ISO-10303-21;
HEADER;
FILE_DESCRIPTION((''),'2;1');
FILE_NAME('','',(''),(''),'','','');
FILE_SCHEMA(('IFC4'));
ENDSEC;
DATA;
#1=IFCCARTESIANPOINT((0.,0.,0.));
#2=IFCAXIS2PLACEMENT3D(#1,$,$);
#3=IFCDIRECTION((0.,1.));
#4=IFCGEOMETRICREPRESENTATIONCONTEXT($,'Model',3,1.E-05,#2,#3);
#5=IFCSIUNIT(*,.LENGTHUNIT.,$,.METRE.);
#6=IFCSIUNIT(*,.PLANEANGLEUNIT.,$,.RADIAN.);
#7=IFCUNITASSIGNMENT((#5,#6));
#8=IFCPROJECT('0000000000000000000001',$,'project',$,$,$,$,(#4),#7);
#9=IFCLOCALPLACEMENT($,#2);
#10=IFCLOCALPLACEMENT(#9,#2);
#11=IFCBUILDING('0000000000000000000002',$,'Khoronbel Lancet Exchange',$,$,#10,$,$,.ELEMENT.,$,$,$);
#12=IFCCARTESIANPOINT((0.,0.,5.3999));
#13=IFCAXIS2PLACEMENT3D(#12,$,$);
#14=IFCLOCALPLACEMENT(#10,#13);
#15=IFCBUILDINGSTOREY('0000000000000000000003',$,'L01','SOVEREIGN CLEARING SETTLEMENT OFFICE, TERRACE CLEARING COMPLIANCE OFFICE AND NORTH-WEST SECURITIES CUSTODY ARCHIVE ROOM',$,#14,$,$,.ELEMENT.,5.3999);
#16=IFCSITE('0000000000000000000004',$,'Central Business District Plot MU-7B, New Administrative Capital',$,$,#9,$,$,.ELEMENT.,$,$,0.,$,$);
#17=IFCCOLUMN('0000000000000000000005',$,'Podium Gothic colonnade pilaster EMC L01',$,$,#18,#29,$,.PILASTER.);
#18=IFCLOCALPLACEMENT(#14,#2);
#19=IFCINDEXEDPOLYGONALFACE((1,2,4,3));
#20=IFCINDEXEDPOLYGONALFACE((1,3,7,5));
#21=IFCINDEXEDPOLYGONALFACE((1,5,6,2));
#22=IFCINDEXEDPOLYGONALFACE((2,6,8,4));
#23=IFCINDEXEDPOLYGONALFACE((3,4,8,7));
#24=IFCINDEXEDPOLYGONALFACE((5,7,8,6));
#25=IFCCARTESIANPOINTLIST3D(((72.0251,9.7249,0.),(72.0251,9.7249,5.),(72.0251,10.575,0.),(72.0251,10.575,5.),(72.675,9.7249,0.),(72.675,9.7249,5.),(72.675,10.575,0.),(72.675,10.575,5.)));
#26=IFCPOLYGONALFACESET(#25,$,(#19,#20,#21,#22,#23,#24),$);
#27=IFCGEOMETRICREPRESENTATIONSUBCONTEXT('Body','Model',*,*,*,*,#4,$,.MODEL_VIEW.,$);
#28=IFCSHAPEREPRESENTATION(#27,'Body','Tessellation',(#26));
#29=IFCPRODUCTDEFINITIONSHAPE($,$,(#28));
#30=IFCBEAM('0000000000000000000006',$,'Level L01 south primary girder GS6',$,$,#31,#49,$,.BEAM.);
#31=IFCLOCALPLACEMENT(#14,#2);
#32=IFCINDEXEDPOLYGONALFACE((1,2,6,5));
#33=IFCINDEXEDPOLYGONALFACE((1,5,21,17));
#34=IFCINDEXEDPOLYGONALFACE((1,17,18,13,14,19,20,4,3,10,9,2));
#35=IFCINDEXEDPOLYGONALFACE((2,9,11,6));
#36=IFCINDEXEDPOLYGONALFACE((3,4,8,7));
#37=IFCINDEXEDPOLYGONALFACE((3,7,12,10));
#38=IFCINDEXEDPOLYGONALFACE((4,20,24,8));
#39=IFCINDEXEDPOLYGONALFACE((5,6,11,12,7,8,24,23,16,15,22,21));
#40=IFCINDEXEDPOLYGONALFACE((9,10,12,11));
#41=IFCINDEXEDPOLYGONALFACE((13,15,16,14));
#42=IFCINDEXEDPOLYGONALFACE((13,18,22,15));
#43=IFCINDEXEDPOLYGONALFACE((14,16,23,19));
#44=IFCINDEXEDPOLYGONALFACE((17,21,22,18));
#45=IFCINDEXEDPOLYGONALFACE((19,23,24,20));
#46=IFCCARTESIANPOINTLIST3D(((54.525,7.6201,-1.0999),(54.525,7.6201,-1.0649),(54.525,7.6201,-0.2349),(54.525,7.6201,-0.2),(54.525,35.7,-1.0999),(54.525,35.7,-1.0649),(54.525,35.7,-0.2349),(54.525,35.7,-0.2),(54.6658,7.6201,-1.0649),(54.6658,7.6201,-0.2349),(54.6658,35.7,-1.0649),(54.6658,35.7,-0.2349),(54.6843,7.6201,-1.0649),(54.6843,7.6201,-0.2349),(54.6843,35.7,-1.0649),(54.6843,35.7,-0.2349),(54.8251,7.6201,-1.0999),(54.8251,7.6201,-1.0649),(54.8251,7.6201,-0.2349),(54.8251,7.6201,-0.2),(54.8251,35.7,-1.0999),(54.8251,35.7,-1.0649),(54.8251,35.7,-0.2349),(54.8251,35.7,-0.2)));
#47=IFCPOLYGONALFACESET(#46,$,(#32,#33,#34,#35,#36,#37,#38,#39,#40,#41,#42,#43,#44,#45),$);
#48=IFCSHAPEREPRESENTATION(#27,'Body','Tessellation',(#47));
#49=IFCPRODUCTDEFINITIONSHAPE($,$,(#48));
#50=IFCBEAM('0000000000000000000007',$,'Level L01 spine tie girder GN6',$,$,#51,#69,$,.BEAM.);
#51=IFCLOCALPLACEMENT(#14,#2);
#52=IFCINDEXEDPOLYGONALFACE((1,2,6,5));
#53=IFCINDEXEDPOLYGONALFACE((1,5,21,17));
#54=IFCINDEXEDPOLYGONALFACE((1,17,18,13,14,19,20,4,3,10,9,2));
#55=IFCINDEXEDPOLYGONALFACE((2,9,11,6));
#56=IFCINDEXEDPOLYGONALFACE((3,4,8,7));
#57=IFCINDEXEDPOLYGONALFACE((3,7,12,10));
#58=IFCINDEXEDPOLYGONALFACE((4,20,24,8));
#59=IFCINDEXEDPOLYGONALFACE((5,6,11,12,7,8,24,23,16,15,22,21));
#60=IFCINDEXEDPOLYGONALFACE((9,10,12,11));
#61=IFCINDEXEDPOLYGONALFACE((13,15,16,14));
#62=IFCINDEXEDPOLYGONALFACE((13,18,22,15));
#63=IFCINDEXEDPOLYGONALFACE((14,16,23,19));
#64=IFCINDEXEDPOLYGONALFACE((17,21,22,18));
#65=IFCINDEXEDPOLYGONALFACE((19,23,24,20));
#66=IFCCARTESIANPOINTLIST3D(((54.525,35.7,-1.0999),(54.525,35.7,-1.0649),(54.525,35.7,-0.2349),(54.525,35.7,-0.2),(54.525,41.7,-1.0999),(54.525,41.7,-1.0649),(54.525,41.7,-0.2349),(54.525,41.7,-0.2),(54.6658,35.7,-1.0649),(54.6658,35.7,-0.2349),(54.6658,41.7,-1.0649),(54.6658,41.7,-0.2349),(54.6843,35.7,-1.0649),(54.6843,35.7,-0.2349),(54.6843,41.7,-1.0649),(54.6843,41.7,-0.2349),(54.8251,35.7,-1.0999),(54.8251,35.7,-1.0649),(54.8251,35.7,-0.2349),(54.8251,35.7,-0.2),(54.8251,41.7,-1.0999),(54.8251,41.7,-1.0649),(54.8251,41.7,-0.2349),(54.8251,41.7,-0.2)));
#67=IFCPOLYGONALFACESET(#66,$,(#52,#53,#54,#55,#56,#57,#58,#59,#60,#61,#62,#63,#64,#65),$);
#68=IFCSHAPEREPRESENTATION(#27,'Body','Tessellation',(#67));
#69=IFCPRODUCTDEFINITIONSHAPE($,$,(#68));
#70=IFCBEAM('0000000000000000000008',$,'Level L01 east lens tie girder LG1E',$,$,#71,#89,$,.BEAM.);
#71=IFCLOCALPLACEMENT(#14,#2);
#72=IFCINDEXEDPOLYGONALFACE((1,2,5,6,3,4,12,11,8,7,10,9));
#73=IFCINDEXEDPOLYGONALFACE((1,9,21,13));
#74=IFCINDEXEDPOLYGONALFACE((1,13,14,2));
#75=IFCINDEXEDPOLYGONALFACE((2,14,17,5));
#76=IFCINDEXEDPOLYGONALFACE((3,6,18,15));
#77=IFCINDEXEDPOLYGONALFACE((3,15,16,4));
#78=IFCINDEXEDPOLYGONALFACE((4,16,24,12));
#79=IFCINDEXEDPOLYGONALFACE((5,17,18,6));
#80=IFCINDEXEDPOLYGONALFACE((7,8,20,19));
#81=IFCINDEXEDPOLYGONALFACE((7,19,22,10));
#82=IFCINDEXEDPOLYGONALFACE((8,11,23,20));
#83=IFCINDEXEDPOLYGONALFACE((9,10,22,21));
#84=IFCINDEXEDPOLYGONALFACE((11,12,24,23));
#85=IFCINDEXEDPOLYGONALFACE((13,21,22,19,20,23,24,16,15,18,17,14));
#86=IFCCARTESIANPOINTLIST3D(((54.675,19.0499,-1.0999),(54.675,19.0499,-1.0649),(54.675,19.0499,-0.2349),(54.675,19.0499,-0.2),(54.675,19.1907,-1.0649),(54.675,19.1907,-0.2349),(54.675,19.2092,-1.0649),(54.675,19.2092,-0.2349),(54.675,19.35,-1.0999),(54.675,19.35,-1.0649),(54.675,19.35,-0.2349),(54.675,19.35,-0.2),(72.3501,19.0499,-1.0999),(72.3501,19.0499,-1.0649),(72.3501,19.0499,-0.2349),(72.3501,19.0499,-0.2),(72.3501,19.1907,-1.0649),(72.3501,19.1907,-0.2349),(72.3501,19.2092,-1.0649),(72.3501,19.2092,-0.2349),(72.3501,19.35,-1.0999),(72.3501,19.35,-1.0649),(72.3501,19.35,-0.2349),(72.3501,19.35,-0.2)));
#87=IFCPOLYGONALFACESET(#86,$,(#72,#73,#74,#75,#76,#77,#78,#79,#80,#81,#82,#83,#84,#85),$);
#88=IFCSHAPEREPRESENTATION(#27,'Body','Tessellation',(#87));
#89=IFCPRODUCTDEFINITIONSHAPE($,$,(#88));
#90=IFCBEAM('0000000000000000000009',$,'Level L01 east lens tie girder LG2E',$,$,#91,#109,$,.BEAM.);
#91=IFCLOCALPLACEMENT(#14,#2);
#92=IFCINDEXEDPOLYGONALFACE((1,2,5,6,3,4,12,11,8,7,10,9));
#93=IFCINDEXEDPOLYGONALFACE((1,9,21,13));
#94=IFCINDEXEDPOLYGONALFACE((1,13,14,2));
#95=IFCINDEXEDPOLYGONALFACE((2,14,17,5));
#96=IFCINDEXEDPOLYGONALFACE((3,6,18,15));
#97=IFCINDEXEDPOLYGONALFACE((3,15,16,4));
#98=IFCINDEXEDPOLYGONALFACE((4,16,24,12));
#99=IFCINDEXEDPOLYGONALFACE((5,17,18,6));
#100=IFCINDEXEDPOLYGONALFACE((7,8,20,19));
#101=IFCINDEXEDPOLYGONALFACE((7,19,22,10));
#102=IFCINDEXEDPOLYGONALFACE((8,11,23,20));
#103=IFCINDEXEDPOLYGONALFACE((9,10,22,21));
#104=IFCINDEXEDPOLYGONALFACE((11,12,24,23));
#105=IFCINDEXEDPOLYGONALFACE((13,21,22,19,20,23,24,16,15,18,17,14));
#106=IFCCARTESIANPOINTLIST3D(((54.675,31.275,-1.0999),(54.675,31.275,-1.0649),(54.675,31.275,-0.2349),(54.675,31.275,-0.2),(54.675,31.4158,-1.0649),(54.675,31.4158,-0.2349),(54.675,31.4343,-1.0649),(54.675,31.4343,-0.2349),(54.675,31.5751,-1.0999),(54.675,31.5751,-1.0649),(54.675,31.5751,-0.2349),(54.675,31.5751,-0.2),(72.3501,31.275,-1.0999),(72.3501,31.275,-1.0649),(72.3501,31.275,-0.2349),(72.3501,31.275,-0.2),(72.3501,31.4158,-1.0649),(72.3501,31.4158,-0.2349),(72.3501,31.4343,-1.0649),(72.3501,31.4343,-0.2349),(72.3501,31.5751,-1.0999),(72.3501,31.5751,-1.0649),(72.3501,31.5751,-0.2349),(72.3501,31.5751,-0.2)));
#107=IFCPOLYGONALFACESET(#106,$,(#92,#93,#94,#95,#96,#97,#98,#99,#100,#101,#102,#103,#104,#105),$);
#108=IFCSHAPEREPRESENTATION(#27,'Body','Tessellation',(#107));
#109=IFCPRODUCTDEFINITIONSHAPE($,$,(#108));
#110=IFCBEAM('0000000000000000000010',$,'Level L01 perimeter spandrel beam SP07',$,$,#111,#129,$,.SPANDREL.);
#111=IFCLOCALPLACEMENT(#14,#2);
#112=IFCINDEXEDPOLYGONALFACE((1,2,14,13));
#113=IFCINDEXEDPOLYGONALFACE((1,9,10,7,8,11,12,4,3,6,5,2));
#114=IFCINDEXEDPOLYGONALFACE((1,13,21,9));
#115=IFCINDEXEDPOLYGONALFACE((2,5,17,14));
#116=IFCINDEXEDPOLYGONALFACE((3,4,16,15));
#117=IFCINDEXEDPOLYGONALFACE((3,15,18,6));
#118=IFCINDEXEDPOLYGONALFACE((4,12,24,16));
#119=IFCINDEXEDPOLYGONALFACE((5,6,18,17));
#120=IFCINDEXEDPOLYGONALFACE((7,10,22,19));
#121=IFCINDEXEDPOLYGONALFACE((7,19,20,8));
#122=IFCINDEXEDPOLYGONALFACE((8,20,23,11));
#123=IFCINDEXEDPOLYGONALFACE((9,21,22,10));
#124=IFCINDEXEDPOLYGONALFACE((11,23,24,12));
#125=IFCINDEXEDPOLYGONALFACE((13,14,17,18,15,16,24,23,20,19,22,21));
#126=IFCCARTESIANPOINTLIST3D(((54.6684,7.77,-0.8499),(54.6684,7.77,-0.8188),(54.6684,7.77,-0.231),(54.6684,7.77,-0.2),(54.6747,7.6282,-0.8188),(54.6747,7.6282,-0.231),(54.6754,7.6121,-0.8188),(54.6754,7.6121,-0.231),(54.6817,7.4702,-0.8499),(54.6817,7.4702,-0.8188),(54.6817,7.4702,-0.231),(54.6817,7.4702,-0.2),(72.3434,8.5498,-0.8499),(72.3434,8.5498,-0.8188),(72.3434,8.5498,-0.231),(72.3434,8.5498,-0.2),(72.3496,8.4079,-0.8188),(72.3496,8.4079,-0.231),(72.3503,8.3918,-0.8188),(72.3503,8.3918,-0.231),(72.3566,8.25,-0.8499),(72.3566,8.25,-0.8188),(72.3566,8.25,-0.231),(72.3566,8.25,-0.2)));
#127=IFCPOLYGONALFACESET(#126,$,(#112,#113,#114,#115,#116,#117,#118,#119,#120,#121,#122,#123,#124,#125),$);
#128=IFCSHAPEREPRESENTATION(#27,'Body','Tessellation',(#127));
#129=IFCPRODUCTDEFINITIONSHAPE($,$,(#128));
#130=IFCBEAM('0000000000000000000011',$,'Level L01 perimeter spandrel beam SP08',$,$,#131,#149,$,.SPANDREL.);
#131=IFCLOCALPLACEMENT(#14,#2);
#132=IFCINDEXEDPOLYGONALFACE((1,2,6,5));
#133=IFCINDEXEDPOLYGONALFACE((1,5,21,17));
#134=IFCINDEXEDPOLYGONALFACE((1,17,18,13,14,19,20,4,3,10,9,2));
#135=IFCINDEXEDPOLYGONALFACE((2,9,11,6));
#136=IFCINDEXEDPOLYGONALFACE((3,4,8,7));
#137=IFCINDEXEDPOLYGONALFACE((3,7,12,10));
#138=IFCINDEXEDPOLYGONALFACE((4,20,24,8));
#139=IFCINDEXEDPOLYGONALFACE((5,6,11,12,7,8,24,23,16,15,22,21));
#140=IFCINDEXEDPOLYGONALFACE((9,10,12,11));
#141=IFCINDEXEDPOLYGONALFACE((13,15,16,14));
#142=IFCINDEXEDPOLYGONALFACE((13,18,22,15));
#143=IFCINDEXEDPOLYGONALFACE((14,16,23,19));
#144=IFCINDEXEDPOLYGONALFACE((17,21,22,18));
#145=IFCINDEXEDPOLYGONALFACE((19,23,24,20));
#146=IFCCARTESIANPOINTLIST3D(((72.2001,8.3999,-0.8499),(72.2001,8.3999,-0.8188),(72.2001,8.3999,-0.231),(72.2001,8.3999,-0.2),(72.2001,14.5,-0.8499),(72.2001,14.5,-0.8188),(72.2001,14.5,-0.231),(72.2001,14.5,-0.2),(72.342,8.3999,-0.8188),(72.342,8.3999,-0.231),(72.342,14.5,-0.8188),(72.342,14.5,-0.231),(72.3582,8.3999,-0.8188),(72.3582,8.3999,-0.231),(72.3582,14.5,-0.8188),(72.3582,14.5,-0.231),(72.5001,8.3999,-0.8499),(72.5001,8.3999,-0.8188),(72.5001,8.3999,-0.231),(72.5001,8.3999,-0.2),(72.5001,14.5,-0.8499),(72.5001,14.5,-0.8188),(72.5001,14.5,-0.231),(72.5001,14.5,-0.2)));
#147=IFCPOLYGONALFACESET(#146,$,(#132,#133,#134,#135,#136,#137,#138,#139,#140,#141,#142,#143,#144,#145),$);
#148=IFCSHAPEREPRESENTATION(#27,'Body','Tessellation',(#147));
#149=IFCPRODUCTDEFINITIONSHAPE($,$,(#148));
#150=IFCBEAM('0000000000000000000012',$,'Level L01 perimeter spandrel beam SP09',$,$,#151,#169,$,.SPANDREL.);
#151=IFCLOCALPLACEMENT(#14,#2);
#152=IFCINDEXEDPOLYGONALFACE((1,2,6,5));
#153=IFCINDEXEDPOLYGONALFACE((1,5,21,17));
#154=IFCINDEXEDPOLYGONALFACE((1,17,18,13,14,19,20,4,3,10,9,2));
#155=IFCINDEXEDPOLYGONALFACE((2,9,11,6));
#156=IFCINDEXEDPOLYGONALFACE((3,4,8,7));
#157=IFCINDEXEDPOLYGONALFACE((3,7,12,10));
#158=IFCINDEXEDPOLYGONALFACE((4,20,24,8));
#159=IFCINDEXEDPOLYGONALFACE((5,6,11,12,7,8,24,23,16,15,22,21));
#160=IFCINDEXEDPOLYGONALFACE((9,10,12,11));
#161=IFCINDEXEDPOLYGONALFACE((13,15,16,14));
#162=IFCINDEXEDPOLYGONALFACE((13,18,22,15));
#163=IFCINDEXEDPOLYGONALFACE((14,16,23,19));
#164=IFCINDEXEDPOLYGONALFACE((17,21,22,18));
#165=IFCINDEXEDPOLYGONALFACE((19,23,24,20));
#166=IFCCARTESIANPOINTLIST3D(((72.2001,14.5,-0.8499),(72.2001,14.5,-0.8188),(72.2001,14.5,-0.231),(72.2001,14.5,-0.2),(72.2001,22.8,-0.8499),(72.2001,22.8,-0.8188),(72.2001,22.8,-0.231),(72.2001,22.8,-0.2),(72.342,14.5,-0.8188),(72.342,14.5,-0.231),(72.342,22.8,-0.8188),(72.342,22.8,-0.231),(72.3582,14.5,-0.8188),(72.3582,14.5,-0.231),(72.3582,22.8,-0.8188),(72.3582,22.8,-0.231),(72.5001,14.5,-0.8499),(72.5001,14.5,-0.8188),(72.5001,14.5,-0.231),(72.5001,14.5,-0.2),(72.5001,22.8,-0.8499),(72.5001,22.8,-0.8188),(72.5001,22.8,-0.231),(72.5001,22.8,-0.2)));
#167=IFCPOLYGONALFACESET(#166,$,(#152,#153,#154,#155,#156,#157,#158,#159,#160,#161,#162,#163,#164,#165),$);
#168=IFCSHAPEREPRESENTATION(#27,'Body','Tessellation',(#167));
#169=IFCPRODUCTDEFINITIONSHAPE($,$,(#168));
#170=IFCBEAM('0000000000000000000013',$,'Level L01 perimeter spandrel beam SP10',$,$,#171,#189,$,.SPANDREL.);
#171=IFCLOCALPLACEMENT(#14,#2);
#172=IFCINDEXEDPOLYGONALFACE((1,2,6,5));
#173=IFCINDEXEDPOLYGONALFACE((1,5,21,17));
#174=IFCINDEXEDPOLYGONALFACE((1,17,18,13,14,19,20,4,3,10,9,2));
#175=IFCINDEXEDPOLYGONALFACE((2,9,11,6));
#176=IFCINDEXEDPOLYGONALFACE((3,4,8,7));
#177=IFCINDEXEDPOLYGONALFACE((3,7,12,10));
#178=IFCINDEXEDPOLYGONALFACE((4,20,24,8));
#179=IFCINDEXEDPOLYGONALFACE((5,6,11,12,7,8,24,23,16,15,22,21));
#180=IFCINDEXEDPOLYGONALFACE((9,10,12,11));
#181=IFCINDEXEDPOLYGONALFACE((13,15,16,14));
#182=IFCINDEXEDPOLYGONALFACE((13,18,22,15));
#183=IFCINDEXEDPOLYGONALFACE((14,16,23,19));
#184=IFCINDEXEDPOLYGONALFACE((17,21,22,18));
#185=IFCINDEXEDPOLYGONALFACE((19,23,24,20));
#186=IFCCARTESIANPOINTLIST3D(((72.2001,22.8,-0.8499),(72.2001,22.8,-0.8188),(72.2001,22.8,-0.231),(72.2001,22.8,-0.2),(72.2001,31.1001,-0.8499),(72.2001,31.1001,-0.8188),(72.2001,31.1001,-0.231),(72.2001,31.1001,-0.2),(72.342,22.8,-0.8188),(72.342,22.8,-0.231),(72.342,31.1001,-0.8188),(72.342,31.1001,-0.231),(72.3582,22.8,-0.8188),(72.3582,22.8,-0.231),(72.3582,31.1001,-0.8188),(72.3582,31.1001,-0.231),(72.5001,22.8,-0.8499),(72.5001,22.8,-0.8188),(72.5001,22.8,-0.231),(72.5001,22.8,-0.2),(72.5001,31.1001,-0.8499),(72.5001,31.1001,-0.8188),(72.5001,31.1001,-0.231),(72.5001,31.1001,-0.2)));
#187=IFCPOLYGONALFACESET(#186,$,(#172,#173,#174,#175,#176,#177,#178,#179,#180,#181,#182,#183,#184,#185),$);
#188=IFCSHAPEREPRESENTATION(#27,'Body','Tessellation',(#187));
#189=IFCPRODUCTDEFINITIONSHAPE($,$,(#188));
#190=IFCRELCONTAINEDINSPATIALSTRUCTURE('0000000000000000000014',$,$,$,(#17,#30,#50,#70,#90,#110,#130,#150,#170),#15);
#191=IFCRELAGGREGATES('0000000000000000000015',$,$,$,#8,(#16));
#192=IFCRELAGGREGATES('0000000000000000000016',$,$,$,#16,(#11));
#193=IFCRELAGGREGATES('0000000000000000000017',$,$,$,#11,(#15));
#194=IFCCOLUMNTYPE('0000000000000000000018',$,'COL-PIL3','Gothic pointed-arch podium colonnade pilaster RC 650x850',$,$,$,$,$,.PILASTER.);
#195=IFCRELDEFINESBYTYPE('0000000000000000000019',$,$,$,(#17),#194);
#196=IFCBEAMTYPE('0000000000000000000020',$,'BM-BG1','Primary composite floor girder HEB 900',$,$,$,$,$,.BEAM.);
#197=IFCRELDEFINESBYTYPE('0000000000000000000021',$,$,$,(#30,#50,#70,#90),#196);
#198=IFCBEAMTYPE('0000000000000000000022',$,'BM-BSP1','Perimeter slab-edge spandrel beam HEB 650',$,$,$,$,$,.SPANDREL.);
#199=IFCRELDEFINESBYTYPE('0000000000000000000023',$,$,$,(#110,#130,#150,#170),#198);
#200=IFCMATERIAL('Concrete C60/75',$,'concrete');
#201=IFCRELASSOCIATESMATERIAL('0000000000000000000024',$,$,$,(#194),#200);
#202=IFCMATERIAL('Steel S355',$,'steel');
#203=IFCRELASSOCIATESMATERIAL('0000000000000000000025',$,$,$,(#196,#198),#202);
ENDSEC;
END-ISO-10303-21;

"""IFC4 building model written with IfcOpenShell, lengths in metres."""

from ifc_helpers import new_model, si_unit, direction, frame, origin, origin_2d, place, context, subcontext, project, spatial, rectangle, i_section, extrude, material, material_profile, profile_set, type_object, element, save


model = new_model("IFC4")

# Units and contexts
model_context = context("Model", 3, precision=1e-05, world=origin(), true_north=direction((0.0, 1.0)))
body_context = subcontext(model_context, "Body", "Model", "MODEL_VIEW")
ifc_project = project(units=[si_unit("LENGTHUNIT", "METRE"), si_unit("PLANEANGLEUNIT", "RADIAN")], contexts=[model_context])

# Site, building, storey
site_placement = place(None, origin())
site = spatial("IfcSite", under=ifc_project, at=site_placement, Name="Central Business District Plot MU-7B, New Administrative Capital", CompositionType="ELEMENT", RefElevation=0.0)
building_placement = place(site_placement, origin())
building = spatial("IfcBuilding", under=site, at=building_placement, Name="Khoronbel Lancet Exchange", CompositionType="ELEMENT")
storey_placement = place(building_placement, frame((0.0, 0.0, 5.3999)))
storey = spatial("IfcBuildingStorey", under=building, at=storey_placement, Name="L01", Description="SOVEREIGN CLEARING SETTLEMENT OFFICE, TERRACE CLEARING COMPLIANCE OFFICE AND NORTH-WEST SECURITIES CUSTODY ARCHIVE ROOM", CompositionType="ELEMENT", Elevation=5.3999)

# Column
ifc_material_1 = material(Name="Steel S355", Category="steel")
ifc_material_2 = material(Name="Concrete C60/75", Category="concrete")
ifc_material_profile_1 = material_profile(ifc_material_2, rectangle(XDim=0.6499, YDim=0.8501, at=origin_2d()), Name="RC 650x850")
ifc_profile_set_1 = profile_set([ifc_material_profile_1], Name="Concrete C60/75")
column_type_1 = type_object("IfcColumnType", Name="COL-PIL3", Description="Gothic pointed-arch podium colonnade pilaster RC 650x850", PredefinedType="PILASTER", material=ifc_profile_set_1)
column_1_placement = place(storey_placement, frame((72.3501, 10.1499, 0.0), z_axis=(0.0, 0.0, 1.0), x_axis=(1.0, 0.0, 0.0)))
element("IfcColumn", 1, at=column_1_placement, inside=storey, type_object=column_type_1, Name="Podium Gothic colonnade pilaster EMC L01", PredefinedType="PILASTER", context=body_context, shape_type="SweptSolid", body=[
    extrude(rectangle(XDim=0.6499, YDim=0.8501, at=origin_2d()), origin(), (0.0, 0.0, 1.0), 5.0),
])

# Beams
ifc_material_profile_2 = material_profile(ifc_material_1, i_section(OverallWidth=0.3, OverallDepth=0.8999, WebThickness=0.0186, FlangeThickness=0.0349, at=origin_2d()), Name="HEB 900")
ifc_profile_set_2 = profile_set([ifc_material_profile_2], Name="Steel S355")
beam_type_1 = type_object("IfcBeamType", Name="BM-BG1", Description="Primary composite floor girder HEB 900", PredefinedType="BEAM", material=ifc_profile_set_2)
beam_1_placement = place(storey_placement, frame((54.675, 7.6201, -0.6499), z_axis=(0.0, 1.0, 0.0), x_axis=(-1.0, 0.0, 0.0)))
element("IfcBeam", 2, at=beam_1_placement, inside=storey, type_object=beam_type_1, Name="Level L01 south primary girder GS6", PredefinedType="BEAM", context=body_context, shape_type="SweptSolid", body=[
    extrude(i_section(OverallWidth=0.3, OverallDepth=0.8999, WebThickness=0.0186, FlangeThickness=0.0349, at=origin_2d()), origin(), (0.0, 0.0, 1.0), 28.0798),
])
beam_2_placement = place(storey_placement, frame((54.675, 35.7, -0.6499), z_axis=(0.0, 1.0, 0.0), x_axis=(-1.0, 0.0, 0.0)))
element("IfcBeam", 3, at=beam_2_placement, inside=storey, type_object=beam_type_1, Name="Level L01 spine tie girder GN6", PredefinedType="BEAM", context=body_context, shape_type="SweptSolid", body=[
    extrude(i_section(OverallWidth=0.3, OverallDepth=0.8999, WebThickness=0.0186, FlangeThickness=0.0349, at=origin_2d()), origin(), (0.0, 0.0, 1.0), 6.0),
])
for number, where, z_axis, x_axis, name in (
    (4, (54.675, 19.2, -0.6499), (1.0, 0.0, 0.0), (0.0, 1.0, 0.0), "Level L01 east lens tie girder LG1E"),
    (5, (54.675, 31.425, -0.6499), (1.0, 0.0, 0.0), (0.0, 1.0, 0.0), "Level L01 east lens tie girder LG2E"),
):
    element("IfcBeam", number, at=place(storey_placement, frame(where, z_axis=z_axis, x_axis=x_axis)), inside=storey, type_object=beam_type_1, Name=name, PredefinedType="BEAM", context=body_context, shape_type="SweptSolid", body=[
        extrude(i_section(OverallWidth=0.3, OverallDepth=0.8999, WebThickness=0.0186, FlangeThickness=0.0349, at=origin_2d()), origin(), (0.0, 0.0, 1.0), 17.675),
    ])
ifc_material_profile_3 = material_profile(ifc_material_1, i_section(OverallWidth=0.3, OverallDepth=0.6499, WebThickness=0.0161, FlangeThickness=0.031, at=origin_2d()), Name="HEB 650")
ifc_profile_set_3 = profile_set([ifc_material_profile_3], Name="Steel S355")
beam_type_2 = type_object("IfcBeamType", Name="BM-BSP1", Description="Perimeter slab-edge spandrel beam HEB 650", PredefinedType="SPANDREL", material=ifc_profile_set_3)
beam_3_placement = place(storey_placement, frame((54.675, 7.6201, -0.5249), z_axis=(0.999028, 0.044075, 0.0), x_axis=(-0.044075, 0.999028, 0.0)))
element("IfcBeam", 6, at=beam_3_placement, inside=storey, type_object=beam_type_2, Name="Level L01 perimeter spandrel beam SP07", PredefinedType="SPANDREL", context=body_context, shape_type="SweptSolid", body=[
    extrude(i_section(OverallWidth=0.3, OverallDepth=0.6499, WebThickness=0.0161, FlangeThickness=0.031, at=origin_2d()), origin(), (0.0, 0.0, 1.0), 17.6921),
])
beam_4_placement = place(storey_placement, frame((72.3501, 8.3999, -0.5249), z_axis=(0.0, 1.0, 0.0), x_axis=(-1.0, 0.0, 0.0)))
element("IfcBeam", 7, at=beam_4_placement, inside=storey, type_object=beam_type_2, Name="Level L01 perimeter spandrel beam SP08", PredefinedType="SPANDREL", context=body_context, shape_type="SweptSolid", body=[
    extrude(i_section(OverallWidth=0.3, OverallDepth=0.6499, WebThickness=0.0161, FlangeThickness=0.031, at=origin_2d()), origin(), (0.0, 0.0, 1.0), 6.1001),
])
for number, where, z_axis, x_axis, name in (
    (8, (72.3501, 14.5, -0.5249), (0.0, 1.0, 0.0), (-1.0, 0.0, 0.0), "Level L01 perimeter spandrel beam SP09"),
    (9, (72.3501, 22.8, -0.5249), (0.0, 1.0, 0.0), (-1.0, 0.0, 0.0), "Level L01 perimeter spandrel beam SP10"),
):
    element("IfcBeam", number, at=place(storey_placement, frame(where, z_axis=z_axis, x_axis=x_axis)), inside=storey, type_object=beam_type_2, Name=name, PredefinedType="SPANDREL", context=body_context, shape_type="SweptSolid", body=[
        extrude(i_section(OverallWidth=0.3, OverallDepth=0.6499, WebThickness=0.0161, FlangeThickness=0.031, at=origin_2d()), origin(), (0.0, 0.0, 1.0), 8.3),
    ])

save(model, "model.ifc")
